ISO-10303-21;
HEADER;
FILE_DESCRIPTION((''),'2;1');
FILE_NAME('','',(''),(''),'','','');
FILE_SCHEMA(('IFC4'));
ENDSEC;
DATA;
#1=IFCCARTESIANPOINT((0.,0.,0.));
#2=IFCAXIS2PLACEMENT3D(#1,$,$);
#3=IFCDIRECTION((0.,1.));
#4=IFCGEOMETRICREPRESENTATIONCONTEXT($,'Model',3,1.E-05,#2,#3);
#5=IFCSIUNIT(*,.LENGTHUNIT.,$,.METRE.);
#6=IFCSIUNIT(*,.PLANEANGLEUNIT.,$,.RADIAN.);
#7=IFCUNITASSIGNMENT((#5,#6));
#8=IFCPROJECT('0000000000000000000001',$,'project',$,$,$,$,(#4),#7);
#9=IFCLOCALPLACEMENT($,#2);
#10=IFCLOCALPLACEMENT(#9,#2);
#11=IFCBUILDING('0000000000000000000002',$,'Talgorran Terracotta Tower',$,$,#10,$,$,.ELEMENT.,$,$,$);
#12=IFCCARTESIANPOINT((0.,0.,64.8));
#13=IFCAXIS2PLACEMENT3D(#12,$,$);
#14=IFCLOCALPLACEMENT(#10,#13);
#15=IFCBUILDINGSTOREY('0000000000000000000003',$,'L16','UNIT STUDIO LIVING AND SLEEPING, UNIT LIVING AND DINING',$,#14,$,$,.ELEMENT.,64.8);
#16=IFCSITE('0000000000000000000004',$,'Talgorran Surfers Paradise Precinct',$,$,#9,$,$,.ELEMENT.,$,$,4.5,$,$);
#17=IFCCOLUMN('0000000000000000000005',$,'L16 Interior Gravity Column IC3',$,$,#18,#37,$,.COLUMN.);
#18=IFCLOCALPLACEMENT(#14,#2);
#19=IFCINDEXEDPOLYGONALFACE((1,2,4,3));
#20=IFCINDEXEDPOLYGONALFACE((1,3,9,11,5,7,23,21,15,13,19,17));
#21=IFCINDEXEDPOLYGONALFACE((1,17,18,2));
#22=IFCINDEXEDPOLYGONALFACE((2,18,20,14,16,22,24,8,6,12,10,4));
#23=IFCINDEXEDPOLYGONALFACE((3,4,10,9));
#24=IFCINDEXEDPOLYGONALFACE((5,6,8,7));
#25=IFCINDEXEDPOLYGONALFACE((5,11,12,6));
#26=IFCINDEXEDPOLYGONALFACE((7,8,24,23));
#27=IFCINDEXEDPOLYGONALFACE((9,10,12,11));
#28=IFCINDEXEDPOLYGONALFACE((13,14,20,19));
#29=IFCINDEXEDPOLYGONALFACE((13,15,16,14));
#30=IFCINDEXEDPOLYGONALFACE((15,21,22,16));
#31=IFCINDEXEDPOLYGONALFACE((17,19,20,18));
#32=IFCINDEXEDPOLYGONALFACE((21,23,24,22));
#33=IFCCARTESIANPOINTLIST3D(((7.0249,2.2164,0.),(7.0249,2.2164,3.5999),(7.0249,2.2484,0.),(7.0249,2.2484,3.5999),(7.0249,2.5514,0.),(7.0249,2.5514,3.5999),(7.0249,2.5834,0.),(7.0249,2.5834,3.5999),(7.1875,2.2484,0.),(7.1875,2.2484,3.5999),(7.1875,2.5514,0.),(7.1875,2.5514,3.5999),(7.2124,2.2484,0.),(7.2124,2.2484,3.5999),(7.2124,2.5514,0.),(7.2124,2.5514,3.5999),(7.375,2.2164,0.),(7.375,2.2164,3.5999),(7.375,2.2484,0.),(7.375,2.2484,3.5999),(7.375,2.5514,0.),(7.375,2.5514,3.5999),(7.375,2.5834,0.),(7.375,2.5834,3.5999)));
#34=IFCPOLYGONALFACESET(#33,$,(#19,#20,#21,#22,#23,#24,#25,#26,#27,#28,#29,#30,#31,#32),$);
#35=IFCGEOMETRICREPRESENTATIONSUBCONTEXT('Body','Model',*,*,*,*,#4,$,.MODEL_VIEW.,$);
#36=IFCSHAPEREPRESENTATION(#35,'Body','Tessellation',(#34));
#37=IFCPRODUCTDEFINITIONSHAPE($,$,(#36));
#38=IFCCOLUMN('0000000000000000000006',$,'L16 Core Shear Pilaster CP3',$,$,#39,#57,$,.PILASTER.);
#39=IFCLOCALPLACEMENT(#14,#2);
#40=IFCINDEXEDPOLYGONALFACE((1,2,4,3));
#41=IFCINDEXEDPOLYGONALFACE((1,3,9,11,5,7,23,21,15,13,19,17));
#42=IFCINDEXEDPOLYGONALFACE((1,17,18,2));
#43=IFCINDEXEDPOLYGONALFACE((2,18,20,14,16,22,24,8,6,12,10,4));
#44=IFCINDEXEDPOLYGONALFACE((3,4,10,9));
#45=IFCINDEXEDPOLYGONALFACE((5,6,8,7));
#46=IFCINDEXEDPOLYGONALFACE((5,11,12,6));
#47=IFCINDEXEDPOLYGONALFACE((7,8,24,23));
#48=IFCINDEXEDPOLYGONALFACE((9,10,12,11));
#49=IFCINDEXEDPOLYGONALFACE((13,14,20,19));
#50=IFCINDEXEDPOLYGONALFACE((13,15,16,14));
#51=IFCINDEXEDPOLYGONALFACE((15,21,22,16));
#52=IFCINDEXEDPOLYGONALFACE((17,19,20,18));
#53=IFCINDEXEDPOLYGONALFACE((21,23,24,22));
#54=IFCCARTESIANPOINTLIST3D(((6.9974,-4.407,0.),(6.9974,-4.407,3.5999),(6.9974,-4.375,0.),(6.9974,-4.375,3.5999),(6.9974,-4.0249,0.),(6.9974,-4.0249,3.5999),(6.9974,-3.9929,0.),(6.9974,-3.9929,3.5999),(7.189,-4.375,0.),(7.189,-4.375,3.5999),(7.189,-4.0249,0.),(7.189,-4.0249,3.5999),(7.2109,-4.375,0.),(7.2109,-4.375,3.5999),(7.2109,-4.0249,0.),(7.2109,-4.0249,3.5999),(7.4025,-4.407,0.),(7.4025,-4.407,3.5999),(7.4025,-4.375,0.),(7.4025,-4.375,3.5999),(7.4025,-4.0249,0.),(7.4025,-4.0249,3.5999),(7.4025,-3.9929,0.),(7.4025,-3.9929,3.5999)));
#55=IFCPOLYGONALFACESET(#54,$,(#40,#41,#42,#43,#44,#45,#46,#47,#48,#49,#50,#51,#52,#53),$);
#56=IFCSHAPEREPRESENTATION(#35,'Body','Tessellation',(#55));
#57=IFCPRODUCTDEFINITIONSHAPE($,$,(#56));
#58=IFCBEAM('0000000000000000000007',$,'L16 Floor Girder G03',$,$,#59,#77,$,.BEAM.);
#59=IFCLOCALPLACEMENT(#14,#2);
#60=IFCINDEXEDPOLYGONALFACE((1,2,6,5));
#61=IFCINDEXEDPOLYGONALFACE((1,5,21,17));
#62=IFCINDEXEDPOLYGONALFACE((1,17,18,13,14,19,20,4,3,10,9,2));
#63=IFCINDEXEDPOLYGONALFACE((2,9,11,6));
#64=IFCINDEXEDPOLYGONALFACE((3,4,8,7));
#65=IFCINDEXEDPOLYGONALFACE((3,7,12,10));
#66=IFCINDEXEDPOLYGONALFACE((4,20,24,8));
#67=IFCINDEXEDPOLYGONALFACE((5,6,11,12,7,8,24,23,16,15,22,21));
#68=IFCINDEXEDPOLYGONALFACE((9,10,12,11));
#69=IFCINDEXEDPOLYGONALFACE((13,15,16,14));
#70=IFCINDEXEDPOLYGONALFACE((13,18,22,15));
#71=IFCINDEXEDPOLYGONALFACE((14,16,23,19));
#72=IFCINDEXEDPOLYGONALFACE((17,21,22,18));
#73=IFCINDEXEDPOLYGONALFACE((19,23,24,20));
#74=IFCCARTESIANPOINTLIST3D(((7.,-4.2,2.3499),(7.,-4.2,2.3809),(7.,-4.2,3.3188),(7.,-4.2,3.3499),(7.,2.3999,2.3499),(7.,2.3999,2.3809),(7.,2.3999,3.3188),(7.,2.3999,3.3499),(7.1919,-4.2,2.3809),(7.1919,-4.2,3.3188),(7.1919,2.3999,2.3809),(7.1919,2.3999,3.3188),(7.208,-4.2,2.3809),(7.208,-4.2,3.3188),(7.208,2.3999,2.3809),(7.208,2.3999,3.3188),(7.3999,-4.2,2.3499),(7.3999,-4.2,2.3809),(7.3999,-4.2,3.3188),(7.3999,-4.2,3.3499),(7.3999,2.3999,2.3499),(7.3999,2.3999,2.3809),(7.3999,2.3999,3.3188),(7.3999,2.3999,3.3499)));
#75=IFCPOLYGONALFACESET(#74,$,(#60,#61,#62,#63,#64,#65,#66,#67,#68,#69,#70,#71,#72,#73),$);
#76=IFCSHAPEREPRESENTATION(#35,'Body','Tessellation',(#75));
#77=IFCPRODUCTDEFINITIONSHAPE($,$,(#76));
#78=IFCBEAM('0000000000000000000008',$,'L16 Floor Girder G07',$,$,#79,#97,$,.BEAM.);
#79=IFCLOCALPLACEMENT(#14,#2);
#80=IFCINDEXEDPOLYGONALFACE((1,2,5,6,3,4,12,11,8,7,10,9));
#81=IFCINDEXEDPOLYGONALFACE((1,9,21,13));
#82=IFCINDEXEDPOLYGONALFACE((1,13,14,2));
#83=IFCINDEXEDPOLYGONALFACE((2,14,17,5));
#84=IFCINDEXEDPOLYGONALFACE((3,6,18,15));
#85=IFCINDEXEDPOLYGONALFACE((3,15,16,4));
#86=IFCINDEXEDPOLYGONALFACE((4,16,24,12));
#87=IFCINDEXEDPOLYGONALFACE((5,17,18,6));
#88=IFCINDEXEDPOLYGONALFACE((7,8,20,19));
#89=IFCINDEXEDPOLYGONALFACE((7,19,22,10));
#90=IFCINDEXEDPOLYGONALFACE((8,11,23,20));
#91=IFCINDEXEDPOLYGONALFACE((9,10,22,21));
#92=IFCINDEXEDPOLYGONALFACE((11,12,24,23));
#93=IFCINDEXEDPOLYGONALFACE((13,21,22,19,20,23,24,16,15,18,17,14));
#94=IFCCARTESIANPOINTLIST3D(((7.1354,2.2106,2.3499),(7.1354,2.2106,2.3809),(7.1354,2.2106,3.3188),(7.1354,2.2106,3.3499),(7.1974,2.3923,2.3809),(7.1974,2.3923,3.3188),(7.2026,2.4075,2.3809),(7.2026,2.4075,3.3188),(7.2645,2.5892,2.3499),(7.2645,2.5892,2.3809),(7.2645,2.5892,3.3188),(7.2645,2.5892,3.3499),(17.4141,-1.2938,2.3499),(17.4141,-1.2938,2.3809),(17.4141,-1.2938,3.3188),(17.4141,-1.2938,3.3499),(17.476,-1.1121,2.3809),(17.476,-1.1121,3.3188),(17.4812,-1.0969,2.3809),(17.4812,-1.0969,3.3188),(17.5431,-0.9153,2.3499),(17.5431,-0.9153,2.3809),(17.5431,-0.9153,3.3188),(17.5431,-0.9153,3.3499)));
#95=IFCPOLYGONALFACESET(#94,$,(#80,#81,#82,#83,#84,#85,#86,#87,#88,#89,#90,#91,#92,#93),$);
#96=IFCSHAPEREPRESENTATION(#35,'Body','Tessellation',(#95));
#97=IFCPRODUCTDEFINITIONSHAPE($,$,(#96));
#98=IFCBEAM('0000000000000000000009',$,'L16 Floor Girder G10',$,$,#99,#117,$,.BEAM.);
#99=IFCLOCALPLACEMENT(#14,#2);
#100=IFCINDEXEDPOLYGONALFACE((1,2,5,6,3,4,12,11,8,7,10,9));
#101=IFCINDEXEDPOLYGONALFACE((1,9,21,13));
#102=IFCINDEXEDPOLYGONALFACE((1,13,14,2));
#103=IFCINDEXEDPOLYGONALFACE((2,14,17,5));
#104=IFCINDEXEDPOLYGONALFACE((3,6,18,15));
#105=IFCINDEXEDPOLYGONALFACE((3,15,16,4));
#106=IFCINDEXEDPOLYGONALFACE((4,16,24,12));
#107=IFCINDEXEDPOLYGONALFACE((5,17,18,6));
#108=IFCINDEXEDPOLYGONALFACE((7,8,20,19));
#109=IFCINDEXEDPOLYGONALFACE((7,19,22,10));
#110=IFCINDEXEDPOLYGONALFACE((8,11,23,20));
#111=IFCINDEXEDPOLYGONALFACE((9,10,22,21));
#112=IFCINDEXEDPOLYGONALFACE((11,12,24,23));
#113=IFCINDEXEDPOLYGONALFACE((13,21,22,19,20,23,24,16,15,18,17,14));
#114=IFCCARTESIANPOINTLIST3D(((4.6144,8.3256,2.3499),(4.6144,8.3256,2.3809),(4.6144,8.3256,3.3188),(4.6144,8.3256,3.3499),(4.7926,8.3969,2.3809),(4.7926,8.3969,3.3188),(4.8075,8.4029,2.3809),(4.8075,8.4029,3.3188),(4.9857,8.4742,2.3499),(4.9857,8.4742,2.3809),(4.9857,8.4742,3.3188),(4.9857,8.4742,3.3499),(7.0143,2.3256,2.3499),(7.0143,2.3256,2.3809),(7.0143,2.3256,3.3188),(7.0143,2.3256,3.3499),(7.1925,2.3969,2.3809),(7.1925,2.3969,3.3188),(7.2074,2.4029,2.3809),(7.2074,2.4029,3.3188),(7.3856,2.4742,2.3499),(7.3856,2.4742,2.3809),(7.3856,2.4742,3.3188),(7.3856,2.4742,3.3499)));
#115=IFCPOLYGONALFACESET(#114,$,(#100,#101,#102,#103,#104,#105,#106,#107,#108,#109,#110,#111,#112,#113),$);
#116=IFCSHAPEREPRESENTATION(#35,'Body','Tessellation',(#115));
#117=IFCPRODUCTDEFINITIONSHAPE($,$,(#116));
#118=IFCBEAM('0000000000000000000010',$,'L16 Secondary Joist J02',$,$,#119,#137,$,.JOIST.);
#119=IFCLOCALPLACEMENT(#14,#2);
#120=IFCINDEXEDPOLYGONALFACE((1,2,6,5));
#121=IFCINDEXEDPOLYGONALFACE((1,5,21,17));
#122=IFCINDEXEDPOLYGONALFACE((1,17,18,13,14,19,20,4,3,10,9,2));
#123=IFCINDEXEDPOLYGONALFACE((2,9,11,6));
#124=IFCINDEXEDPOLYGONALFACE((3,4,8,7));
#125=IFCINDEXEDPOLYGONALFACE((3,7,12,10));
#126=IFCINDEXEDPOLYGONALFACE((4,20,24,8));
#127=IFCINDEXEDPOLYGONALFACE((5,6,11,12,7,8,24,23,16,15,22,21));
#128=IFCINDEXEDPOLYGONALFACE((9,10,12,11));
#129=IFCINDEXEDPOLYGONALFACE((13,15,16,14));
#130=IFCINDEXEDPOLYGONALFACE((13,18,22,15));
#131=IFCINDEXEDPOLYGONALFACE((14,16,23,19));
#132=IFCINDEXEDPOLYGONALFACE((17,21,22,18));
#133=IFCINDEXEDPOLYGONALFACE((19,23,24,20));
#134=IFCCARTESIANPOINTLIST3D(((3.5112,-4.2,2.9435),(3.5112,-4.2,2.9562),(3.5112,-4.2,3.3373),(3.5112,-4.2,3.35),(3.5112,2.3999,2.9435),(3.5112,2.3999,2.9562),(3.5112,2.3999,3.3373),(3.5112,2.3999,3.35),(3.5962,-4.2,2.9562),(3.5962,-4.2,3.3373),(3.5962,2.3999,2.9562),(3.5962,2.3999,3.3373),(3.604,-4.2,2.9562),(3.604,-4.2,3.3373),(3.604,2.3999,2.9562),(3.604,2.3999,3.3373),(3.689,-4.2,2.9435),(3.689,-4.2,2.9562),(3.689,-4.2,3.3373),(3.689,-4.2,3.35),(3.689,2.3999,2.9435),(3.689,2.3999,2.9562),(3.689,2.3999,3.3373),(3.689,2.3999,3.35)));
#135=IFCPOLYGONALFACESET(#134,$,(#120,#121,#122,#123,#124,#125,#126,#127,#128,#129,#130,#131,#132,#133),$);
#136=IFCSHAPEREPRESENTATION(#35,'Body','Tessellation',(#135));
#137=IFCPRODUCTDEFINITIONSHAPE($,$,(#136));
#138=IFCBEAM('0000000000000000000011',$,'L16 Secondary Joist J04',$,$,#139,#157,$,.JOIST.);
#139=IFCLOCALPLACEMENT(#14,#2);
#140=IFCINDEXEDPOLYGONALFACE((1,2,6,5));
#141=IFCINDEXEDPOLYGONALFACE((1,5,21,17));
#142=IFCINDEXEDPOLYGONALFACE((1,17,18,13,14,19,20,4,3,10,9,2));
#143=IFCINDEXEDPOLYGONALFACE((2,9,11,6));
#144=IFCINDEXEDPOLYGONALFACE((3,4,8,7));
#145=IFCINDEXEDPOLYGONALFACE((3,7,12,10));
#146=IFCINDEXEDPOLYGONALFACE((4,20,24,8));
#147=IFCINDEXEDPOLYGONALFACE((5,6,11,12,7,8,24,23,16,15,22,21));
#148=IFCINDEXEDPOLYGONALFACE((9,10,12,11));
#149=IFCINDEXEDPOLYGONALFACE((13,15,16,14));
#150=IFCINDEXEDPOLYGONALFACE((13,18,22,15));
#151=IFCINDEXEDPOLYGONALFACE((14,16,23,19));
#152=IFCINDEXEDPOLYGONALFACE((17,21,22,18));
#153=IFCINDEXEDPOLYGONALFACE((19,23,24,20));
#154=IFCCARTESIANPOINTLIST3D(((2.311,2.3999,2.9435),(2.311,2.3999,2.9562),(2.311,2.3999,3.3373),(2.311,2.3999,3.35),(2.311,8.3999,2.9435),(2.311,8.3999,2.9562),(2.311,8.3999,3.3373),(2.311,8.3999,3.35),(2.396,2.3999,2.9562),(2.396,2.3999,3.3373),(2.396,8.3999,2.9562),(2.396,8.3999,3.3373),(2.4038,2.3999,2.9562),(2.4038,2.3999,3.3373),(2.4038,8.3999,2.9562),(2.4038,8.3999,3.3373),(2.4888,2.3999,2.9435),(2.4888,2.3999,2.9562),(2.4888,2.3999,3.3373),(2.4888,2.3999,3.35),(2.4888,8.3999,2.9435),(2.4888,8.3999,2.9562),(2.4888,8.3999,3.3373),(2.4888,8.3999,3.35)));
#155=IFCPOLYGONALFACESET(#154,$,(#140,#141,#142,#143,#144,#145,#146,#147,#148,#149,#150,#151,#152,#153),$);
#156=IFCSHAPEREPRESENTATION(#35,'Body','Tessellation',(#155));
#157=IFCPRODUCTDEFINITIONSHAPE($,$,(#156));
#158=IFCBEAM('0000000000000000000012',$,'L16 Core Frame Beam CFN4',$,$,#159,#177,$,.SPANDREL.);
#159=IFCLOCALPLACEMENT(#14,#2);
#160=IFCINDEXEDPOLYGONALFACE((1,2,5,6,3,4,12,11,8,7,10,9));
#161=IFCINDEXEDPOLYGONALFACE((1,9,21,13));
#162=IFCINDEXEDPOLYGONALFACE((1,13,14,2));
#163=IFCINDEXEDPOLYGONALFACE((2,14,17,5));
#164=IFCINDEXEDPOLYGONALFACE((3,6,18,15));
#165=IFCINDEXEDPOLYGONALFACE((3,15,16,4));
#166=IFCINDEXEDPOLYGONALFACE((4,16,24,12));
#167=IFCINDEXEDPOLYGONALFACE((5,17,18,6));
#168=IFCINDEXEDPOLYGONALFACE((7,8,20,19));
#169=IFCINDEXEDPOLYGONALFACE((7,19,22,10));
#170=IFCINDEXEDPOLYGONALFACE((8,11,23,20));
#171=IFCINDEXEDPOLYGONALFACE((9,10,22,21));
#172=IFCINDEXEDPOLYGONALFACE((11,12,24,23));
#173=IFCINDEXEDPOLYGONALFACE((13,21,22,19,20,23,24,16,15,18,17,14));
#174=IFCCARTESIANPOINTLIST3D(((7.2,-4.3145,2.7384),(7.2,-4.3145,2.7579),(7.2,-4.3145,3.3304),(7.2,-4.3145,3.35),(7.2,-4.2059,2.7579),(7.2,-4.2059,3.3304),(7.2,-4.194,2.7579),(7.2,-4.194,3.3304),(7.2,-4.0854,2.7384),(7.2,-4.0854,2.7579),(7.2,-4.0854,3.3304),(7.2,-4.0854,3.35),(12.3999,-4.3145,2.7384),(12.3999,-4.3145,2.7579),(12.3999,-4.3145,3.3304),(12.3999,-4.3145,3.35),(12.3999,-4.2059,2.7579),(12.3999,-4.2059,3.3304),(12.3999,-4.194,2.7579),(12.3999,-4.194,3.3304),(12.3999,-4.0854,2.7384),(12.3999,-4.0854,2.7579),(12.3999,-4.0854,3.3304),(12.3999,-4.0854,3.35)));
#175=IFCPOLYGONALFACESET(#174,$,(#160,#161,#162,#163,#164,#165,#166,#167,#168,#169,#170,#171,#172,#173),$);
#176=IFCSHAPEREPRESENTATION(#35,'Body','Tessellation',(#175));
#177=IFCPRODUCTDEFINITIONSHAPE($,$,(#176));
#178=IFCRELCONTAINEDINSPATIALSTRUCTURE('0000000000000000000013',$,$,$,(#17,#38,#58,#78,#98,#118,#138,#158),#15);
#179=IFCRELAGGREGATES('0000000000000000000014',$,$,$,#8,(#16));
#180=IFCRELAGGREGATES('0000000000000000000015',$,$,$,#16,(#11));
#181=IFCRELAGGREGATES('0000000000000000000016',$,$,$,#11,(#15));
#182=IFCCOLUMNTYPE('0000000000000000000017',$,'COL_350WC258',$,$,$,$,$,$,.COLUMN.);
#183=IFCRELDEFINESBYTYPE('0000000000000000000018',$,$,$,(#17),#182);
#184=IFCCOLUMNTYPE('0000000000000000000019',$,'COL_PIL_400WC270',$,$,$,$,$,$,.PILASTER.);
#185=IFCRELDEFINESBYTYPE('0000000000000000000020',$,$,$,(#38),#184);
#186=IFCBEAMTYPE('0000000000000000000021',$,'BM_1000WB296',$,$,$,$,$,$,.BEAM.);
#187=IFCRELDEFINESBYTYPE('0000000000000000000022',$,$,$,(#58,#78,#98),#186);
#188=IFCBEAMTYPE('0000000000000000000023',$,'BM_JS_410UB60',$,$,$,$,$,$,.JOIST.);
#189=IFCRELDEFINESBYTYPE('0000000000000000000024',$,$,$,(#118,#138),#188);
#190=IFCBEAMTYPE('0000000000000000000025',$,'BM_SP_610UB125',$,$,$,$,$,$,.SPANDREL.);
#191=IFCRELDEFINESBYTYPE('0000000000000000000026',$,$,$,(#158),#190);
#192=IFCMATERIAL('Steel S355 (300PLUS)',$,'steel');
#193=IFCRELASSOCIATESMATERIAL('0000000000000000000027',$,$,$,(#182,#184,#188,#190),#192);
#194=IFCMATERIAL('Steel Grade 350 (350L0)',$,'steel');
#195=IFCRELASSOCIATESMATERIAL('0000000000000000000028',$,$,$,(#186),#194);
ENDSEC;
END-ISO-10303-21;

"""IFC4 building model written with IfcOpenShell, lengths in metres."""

from ifc_helpers import new_model, si_unit, direction, frame, origin, origin_2d, place, context, subcontext, project, spatial, i_section, extrude, material, material_profile, profile_set, type_object, element, save


model = new_model("IFC4")

# Units and contexts
model_context = context("Model", 3, precision=1e-05, world=origin(), true_north=direction((0.0, 1.0)))
body_context = subcontext(model_context, "Body", "Model", "MODEL_VIEW")
ifc_project = project(units=[si_unit("LENGTHUNIT", "METRE"), si_unit("PLANEANGLEUNIT", "RADIAN")], contexts=[model_context])

# Site, building, storey
site_placement = place(None, origin())
site = spatial("IfcSite", under=ifc_project, at=site_placement, Name="Talgorran Surfers Paradise Precinct", CompositionType="ELEMENT", RefElevation=4.5)
building_placement = place(site_placement, origin())
building = spatial("IfcBuilding", under=site, at=building_placement, Name="Talgorran Terracotta Tower", CompositionType="ELEMENT")
storey_placement = place(building_placement, frame((0.0, 0.0, 64.8)))
storey = spatial("IfcBuildingStorey", under=building, at=storey_placement, Name="L16", Description="UNIT STUDIO LIVING AND SLEEPING, UNIT LIVING AND DINING", CompositionType="ELEMENT", Elevation=64.8)

# Columns
ifc_material_1 = material(Name="Steel S355 (300PLUS)", Category="steel")
ifc_material_profile_1 = material_profile(ifc_material_1, i_section(OverallWidth=0.3501, OverallDepth=0.3669, WebThickness=0.0249, FlangeThickness=0.032, at=origin_2d()), Name="350WC258")
ifc_profile_set_1 = profile_set([ifc_material_profile_1], Name="Steel S355 (300PLUS)")
column_type_1 = type_object("IfcColumnType", Name="COL_350WC258", PredefinedType="COLUMN", material=ifc_profile_set_1)
column_1_placement = place(storey_placement, frame((7.2, 2.3999, 0.0), z_axis=(0.0, 0.0, 1.0), x_axis=(1.0, 0.0, 0.0)))
element("IfcColumn", 1, at=column_1_placement, inside=storey, type_object=column_type_1, Name="L16 Interior Gravity Column IC3", PredefinedType="COLUMN", context=body_context, shape_type="SweptSolid", body=[
    extrude(i_section(OverallWidth=0.3501, OverallDepth=0.3669, WebThickness=0.0249, FlangeThickness=0.032, at=origin_2d()), origin(), (0.0, 0.0, 1.0), 3.5999),
])
ifc_material_profile_2 = material_profile(ifc_material_1, i_section(OverallWidth=0.405, OverallDepth=0.4141, WebThickness=0.022, FlangeThickness=0.032, at=origin_2d()), Name="400WC270")
ifc_profile_set_2 = profile_set([ifc_material_profile_2], Name="Steel S355 (300PLUS)")
column_type_2 = type_object("IfcColumnType", Name="COL_PIL_400WC270", PredefinedType="PILASTER", material=ifc_profile_set_2)
column_2_placement = place(storey_placement, frame((7.2, -4.2, 0.0), z_axis=(0.0, 0.0, 1.0), x_axis=(1.0, 0.0, 0.0)))
element("IfcColumn", 2, at=column_2_placement, inside=storey, type_object=column_type_2, Name="L16 Core Shear Pilaster CP3", PredefinedType="PILASTER", context=body_context, shape_type="SweptSolid", body=[
    extrude(i_section(OverallWidth=0.405, OverallDepth=0.4141, WebThickness=0.022, FlangeThickness=0.032, at=origin_2d()), origin(), (0.0, 0.0, 1.0), 3.5999),
])

# Beams
ifc_material_2 = material(Name="Steel Grade 350 (350L0)", Category="steel")
ifc_material_profile_3 = material_profile(ifc_material_2, i_section(OverallWidth=0.3999, OverallDepth=1.0, WebThickness=0.0161, FlangeThickness=0.031, at=origin_2d()), Name="1000WB296")
ifc_profile_set_3 = profile_set([ifc_material_profile_3], Name="Steel Grade 350 (350L0)")
beam_type_1 = type_object("IfcBeamType", Name="BM_1000WB296", PredefinedType="BEAM", material=ifc_profile_set_3)
beam_1_placement = place(storey_placement, frame((7.2, -4.2, 2.8499), z_axis=(0.0, 1.0, 0.0), x_axis=(-1.0, 0.0, 0.0)))
element("IfcBeam", 3, at=beam_1_placement, inside=storey, type_object=beam_type_1, Name="L16 Floor Girder G03", PredefinedType="BEAM", context=body_context, shape_type="SweptSolid", body=[
    extrude(i_section(OverallWidth=0.3999, OverallDepth=1.0, WebThickness=0.0161, FlangeThickness=0.031, at=origin_2d()), origin(), (0.0, 0.0, 1.0), 6.5999),
])
beam_2_placement = place(storey_placement, frame((7.2, 2.3999, 2.8499), z_axis=(0.946501, -0.322702, 0.0), x_axis=(0.322702, 0.946501, 0.0)))
element("IfcBeam", 4, at=beam_2_placement, inside=storey, type_object=beam_type_1, Name="L16 Floor Girder G07", PredefinedType="BEAM", context=body_context, shape_type="SweptSolid", body=[
    extrude(i_section(OverallWidth=0.3999, OverallDepth=1.0, WebThickness=0.0161, FlangeThickness=0.031, at=origin_2d()), origin(), (0.0, 0.0, 1.0), 10.8596),
])
beam_3_placement = place(storey_placement, frame((7.2, 2.3999, 2.8499), z_axis=(-0.371378, 0.928482, 0.0), x_axis=(-0.928482, -0.371378, 0.0)))
element("IfcBeam", 5, at=beam_3_placement, inside=storey, type_object=beam_type_1, Name="L16 Floor Girder G10", PredefinedType="BEAM", context=body_context, shape_type="SweptSolid", body=[
    extrude(i_section(OverallWidth=0.3999, OverallDepth=1.0, WebThickness=0.0161, FlangeThickness=0.031, at=origin_2d()), origin(), (0.0, 0.0, 1.0), 6.4622),
])
ifc_material_profile_4 = material_profile(ifc_material_1, i_section(OverallWidth=0.1777, OverallDepth=0.4065, WebThickness=0.0078, FlangeThickness=0.0127, at=origin_2d()), Name="410UB59.7")
ifc_profile_set_4 = profile_set([ifc_material_profile_4], Name="Steel S355 (300PLUS)")
beam_type_2 = type_object("IfcBeamType", Name="BM_JS_410UB60", PredefinedType="JOIST", material=ifc_profile_set_4)
beam_4_placement = place(storey_placement, frame((3.6001, -4.2, 3.1467), z_axis=(0.0, 1.0, 0.0), x_axis=(-1.0, 0.0, 0.0)))
element("IfcBeam", 6, at=beam_4_placement, inside=storey, type_object=beam_type_2, Name="L16 Secondary Joist J02", PredefinedType="JOIST", context=body_context, shape_type="SweptSolid", body=[
    extrude(i_section(OverallWidth=0.1777, OverallDepth=0.4065, WebThickness=0.0078, FlangeThickness=0.0127, at=origin_2d()), origin(), (0.0, 0.0, 1.0), 6.5999),
])
beam_5_placement = place(storey_placement, frame((2.3999, 2.3999, 3.1467), z_axis=(0.0, 1.0, 0.0), x_axis=(-1.0, 0.0, 0.0)))
element("IfcBeam", 7, at=beam_5_placement, inside=storey, type_object=beam_type_2, Name="L16 Secondary Joist J04", PredefinedType="JOIST", context=body_context, shape_type="SweptSolid", body=[
    extrude(i_section(OverallWidth=0.1777, OverallDepth=0.4065, WebThickness=0.0078, FlangeThickness=0.0127, at=origin_2d()), origin(), (0.0, 0.0, 1.0), 6.0),
])
ifc_material_profile_5 = material_profile(ifc_material_1, i_section(OverallWidth=0.229, OverallDepth=0.6116, WebThickness=0.012, FlangeThickness=0.0195, at=origin_2d()), Name="610UB125")
ifc_profile_set_5 = profile_set([ifc_material_profile_5], Name="Steel S355 (300PLUS)")
beam_type_3 = type_object("IfcBeamType", Name="BM_SP_610UB125", PredefinedType="SPANDREL", material=ifc_profile_set_5)
beam_6_placement = place(storey_placement, frame((7.2, -4.2, 3.0442), z_axis=(1.0, 0.0, 0.0), x_axis=(0.0, 1.0, 0.0)))
element("IfcBeam", 8, at=beam_6_placement, inside=storey, type_object=beam_type_3, Name="L16 Core Frame Beam CFN4", PredefinedType="SPANDREL", context=body_context, shape_type="SweptSolid", body=[
    extrude(i_section(OverallWidth=0.229, OverallDepth=0.6116, WebThickness=0.012, FlangeThickness=0.0195, at=origin_2d()), origin(), (0.0, 0.0, 1.0), 5.2),
])

save(model, "model.ifc")
